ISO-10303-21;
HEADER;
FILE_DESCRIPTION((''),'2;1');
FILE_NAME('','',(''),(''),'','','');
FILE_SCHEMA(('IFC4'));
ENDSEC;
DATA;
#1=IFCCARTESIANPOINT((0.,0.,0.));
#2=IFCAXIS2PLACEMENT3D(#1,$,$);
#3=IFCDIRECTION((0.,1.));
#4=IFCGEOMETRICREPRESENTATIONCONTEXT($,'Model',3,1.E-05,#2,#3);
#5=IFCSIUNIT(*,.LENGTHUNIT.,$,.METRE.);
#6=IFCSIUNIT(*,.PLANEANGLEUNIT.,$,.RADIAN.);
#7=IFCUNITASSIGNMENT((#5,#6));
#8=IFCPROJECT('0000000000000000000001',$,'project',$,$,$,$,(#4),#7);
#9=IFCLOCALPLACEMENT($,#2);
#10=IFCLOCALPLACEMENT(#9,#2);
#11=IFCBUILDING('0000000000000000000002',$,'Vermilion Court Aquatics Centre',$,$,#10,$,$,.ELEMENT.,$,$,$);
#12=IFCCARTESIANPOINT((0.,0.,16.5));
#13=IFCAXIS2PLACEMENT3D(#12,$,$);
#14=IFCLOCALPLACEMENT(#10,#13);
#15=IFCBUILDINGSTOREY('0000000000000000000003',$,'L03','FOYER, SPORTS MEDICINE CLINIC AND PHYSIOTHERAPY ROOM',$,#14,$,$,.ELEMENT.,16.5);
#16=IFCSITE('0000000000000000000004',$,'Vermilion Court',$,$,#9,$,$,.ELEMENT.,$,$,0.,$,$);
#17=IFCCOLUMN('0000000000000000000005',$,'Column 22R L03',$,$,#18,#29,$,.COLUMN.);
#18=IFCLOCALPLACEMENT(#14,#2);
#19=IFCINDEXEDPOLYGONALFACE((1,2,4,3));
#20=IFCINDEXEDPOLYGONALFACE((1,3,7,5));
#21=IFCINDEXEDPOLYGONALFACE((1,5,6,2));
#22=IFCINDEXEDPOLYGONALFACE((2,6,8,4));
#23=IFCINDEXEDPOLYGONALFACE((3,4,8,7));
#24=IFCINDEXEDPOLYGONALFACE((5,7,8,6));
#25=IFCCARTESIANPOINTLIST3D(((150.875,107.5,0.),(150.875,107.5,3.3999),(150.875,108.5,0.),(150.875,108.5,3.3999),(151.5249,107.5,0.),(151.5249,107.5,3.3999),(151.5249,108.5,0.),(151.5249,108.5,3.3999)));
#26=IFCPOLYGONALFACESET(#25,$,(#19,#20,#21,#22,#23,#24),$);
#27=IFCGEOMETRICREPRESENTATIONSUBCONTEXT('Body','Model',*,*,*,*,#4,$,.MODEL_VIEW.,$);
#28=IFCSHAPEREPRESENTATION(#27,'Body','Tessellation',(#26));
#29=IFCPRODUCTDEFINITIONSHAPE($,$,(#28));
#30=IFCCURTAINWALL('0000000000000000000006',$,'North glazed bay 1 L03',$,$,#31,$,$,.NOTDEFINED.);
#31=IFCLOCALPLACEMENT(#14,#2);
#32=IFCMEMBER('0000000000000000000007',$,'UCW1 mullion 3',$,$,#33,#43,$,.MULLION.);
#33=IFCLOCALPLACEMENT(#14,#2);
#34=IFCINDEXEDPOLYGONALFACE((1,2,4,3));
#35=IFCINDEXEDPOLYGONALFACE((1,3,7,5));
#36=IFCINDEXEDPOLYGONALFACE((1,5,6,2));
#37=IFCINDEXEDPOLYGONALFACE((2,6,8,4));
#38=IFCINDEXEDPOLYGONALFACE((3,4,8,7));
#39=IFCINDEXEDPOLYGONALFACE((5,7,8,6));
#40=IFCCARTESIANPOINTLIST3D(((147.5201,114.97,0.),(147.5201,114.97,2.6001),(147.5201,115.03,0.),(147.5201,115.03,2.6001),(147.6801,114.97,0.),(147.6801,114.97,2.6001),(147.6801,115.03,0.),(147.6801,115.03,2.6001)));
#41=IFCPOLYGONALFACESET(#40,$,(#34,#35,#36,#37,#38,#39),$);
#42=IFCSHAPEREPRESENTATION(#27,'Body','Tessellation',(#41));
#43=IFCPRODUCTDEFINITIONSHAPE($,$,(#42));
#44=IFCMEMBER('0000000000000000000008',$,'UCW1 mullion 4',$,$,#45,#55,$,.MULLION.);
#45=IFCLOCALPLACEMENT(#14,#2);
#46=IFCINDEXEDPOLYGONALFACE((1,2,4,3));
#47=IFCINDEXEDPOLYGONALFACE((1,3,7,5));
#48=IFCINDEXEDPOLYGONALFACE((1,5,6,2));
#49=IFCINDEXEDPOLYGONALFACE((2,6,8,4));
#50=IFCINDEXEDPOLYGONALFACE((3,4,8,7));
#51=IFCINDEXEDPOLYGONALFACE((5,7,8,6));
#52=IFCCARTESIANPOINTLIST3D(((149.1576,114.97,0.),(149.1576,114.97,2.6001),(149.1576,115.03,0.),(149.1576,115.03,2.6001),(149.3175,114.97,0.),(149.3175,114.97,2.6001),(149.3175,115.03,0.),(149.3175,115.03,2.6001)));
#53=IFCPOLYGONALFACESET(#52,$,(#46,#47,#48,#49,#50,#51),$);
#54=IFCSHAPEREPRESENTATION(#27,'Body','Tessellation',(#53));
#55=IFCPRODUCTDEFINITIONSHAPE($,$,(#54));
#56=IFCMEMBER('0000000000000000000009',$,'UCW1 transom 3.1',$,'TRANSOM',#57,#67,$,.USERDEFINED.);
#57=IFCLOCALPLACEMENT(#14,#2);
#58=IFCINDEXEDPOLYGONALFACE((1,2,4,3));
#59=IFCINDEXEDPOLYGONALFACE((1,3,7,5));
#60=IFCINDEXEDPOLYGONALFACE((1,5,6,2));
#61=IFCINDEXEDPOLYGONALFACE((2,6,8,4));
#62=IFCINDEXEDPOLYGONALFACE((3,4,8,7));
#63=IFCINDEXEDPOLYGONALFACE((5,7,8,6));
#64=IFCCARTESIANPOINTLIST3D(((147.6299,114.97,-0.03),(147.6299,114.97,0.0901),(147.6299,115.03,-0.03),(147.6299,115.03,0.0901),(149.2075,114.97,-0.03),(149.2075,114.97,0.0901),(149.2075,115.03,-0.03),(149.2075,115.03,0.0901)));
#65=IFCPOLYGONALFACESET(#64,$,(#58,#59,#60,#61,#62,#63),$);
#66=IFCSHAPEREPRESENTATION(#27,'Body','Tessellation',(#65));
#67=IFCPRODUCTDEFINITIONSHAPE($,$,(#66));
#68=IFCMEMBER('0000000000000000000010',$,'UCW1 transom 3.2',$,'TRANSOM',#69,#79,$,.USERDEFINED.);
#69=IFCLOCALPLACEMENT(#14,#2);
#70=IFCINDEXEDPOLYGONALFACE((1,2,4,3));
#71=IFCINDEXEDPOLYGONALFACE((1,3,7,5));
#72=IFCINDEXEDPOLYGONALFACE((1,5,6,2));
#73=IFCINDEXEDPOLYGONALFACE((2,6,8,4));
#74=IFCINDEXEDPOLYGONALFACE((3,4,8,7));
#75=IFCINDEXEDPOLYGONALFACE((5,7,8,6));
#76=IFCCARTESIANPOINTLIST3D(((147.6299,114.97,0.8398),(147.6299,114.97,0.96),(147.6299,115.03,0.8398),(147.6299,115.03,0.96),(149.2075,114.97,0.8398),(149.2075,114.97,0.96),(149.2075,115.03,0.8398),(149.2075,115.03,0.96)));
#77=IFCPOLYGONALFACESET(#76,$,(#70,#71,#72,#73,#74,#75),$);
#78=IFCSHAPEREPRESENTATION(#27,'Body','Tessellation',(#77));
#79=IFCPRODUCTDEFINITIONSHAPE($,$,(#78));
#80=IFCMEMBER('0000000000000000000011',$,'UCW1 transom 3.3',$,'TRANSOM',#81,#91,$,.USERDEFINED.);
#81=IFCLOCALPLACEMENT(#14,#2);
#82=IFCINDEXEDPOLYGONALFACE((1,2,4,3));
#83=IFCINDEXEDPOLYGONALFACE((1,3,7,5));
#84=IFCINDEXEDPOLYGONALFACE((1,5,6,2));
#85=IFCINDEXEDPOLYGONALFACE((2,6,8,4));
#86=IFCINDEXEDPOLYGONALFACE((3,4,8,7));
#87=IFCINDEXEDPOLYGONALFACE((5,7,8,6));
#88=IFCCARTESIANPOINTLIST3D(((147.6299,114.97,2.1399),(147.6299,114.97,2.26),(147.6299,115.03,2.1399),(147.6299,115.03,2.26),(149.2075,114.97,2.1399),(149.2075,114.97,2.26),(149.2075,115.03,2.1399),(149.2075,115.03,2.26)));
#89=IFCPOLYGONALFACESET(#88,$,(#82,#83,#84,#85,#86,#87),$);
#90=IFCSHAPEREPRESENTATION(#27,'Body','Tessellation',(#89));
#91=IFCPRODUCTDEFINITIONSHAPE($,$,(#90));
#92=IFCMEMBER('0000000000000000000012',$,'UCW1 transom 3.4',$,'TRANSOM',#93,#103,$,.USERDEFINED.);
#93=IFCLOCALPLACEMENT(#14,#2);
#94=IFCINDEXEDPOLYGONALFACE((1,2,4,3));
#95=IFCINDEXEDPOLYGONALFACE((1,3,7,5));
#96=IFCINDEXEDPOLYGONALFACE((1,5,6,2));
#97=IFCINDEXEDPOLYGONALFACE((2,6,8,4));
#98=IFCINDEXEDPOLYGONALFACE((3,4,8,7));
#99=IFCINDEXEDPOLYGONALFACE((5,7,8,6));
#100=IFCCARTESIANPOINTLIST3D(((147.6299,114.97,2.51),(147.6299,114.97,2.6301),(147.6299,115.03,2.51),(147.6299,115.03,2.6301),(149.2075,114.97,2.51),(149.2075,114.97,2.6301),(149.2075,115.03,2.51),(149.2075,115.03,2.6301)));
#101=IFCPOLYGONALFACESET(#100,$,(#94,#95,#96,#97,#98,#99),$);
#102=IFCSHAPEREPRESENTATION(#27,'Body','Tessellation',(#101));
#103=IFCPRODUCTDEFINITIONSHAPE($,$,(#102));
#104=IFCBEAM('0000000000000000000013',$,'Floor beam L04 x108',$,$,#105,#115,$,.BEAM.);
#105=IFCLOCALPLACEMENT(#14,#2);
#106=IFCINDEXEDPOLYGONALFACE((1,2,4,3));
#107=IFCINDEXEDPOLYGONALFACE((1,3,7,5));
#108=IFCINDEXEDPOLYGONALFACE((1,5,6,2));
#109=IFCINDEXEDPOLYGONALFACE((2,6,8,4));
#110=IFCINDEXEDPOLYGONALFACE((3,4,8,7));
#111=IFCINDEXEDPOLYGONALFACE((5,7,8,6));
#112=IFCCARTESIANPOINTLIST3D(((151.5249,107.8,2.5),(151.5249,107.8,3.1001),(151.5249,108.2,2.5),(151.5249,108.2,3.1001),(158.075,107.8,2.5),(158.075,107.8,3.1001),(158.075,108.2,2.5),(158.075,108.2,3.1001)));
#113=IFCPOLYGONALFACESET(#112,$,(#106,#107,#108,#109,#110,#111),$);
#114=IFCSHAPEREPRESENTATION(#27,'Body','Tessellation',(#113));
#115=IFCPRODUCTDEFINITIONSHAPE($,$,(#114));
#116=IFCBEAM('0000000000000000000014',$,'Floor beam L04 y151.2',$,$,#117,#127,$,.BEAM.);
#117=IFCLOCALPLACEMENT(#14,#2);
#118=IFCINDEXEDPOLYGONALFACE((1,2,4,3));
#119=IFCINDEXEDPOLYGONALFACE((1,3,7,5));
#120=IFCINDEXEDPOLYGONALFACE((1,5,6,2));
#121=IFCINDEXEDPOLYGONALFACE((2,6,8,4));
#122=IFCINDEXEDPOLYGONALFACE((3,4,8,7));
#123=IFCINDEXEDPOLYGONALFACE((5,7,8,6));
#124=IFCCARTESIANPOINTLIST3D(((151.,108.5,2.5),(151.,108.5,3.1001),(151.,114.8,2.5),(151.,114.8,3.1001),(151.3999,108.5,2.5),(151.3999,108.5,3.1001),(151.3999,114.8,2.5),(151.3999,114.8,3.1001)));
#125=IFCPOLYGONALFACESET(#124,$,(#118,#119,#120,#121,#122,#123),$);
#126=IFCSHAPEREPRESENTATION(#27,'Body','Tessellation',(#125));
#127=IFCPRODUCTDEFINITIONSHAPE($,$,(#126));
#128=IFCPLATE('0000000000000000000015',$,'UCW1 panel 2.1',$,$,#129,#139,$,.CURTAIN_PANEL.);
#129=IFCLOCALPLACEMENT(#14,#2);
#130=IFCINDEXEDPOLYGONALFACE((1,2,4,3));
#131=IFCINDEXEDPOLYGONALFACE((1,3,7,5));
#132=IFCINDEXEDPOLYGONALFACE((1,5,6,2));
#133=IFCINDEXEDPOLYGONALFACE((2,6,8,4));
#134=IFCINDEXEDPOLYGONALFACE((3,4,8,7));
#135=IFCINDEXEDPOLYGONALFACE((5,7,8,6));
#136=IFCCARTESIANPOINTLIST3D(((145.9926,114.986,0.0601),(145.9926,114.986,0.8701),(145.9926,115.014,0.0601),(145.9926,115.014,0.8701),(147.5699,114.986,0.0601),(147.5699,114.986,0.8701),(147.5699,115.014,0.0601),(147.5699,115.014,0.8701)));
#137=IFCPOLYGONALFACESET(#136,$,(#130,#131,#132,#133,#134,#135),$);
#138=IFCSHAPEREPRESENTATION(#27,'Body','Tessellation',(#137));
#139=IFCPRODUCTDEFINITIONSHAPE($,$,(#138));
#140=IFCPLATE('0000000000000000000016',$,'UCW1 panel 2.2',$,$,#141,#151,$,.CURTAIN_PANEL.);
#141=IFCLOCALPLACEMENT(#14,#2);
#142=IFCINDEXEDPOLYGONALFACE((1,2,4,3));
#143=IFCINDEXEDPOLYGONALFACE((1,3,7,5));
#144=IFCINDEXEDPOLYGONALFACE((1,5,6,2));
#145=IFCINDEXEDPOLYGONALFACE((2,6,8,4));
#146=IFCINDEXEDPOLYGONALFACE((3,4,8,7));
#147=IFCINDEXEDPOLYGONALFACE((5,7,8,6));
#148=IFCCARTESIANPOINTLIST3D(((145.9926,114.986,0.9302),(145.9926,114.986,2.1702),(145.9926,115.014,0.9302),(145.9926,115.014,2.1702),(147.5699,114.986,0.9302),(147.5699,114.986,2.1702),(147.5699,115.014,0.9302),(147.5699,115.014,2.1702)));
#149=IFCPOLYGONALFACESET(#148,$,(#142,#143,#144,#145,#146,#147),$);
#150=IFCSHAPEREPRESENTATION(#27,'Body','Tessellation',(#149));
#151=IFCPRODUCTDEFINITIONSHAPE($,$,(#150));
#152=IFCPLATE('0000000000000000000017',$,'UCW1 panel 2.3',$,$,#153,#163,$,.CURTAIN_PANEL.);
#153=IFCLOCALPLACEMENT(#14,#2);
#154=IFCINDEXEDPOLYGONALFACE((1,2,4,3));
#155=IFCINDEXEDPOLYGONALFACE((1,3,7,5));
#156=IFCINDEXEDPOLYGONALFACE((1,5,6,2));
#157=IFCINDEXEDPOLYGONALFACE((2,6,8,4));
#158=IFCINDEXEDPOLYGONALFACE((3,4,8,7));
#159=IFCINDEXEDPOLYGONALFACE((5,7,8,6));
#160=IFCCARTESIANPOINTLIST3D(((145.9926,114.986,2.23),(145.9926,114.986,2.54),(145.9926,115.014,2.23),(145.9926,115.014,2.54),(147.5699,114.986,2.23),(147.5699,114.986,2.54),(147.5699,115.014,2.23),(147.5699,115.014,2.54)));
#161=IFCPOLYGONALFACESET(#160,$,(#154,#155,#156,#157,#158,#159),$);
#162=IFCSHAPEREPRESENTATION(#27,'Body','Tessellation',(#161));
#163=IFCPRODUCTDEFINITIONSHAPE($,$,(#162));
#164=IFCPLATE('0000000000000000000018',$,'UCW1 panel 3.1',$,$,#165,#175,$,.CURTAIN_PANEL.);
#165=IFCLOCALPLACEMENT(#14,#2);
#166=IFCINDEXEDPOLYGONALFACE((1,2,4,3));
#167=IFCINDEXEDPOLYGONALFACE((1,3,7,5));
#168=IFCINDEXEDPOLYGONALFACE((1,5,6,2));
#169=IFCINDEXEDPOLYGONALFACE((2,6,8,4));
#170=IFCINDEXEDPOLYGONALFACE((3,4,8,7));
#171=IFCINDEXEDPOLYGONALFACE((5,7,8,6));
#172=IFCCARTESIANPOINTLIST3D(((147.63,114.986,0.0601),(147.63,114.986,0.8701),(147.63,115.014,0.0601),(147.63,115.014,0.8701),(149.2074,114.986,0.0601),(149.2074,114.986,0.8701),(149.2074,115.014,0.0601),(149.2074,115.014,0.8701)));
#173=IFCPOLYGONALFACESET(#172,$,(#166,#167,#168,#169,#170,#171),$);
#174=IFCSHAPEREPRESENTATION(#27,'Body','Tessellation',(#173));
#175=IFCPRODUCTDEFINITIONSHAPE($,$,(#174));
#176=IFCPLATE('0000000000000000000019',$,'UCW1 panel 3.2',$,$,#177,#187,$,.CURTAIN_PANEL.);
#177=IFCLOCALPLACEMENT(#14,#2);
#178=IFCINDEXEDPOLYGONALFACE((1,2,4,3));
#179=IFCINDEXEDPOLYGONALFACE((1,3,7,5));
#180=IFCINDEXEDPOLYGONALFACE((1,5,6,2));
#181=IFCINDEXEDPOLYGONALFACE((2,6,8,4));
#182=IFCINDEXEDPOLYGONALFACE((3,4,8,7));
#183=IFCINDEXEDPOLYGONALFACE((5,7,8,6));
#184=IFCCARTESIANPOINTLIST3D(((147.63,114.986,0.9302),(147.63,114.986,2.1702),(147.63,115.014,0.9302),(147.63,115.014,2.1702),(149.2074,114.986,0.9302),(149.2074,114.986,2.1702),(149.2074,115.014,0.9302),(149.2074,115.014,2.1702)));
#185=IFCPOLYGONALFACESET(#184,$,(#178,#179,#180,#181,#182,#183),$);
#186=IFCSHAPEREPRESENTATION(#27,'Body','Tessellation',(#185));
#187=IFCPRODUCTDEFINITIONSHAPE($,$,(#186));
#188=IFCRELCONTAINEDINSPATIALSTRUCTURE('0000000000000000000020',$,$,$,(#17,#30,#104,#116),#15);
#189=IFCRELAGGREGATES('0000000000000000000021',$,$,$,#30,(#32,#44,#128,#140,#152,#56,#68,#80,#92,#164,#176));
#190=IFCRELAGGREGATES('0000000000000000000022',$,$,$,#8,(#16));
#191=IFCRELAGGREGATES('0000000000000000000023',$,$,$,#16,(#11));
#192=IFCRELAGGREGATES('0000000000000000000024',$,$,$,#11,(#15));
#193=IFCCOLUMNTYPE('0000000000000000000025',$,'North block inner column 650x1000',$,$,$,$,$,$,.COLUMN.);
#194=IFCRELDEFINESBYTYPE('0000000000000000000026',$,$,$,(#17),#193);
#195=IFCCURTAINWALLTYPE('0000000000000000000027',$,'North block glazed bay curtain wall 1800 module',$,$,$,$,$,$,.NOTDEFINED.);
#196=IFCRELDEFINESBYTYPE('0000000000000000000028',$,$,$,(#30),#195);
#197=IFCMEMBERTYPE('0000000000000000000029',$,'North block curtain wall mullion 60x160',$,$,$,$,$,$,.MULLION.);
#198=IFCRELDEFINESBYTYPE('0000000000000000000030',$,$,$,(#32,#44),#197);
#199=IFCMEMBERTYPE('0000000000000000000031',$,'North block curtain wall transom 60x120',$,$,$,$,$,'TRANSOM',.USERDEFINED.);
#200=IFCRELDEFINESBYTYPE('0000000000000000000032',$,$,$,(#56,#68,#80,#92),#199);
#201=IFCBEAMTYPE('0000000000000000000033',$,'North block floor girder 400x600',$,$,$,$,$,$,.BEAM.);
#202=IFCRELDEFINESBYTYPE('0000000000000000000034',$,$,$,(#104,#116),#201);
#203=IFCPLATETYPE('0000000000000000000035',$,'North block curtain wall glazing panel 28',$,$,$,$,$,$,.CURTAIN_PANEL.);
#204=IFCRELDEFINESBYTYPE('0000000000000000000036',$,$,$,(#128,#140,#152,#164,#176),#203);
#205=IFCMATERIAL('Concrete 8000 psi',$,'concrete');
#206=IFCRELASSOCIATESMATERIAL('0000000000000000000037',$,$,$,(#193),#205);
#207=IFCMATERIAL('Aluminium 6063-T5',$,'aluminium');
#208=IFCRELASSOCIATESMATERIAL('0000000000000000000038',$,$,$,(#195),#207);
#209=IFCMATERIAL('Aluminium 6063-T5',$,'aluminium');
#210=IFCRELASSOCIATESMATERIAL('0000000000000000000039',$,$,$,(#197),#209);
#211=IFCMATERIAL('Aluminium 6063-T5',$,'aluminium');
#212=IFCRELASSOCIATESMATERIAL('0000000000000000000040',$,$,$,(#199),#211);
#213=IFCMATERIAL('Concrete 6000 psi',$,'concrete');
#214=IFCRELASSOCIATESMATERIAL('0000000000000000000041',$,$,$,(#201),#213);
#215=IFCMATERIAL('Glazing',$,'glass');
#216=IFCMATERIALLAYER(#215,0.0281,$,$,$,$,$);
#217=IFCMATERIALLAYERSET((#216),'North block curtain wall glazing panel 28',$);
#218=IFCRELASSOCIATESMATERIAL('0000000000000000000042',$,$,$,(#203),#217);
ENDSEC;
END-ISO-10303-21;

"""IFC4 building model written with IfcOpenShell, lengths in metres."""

from ifc_helpers import new_model, si_unit, direction, frame, origin, origin_2d, place, context, subcontext, project, spatial, rectangle, extrude, material, layer, layer_set, material_profile, profile_set, type_object, element, aggregate, save


model = new_model("IFC4")

# Units and contexts
model_context = context("Model", 3, precision=1e-05, world=origin(), true_north=direction((0.0, 1.0)))
body_context = subcontext(model_context, "Body", "Model", "MODEL_VIEW")
ifc_project = project(units=[si_unit("LENGTHUNIT", "METRE"), si_unit("PLANEANGLEUNIT", "RADIAN")], contexts=[model_context])

# Site, building, storey
site_placement = place(None, origin())
site = spatial("IfcSite", under=ifc_project, at=site_placement, Name="Vermilion Court", CompositionType="ELEMENT", RefElevation=0.0)
building_placement = place(site_placement, origin())
building = spatial("IfcBuilding", under=site, at=building_placement, Name="Vermilion Court Aquatics Centre", CompositionType="ELEMENT")
storey_placement = place(building_placement, frame((0.0, 0.0, 16.5)))
storey = spatial("IfcBuildingStorey", under=building, at=storey_placement, Name="L03", Description="FOYER, SPORTS MEDICINE CLINIC AND PHYSIOTHERAPY ROOM", CompositionType="ELEMENT", Elevation=16.5)

# Column
ifc_material_1 = material(Name="Concrete 8000 psi", Category="concrete")
ifc_material_profile_1 = material_profile(ifc_material_1, rectangle(XDim=0.6499, YDim=1.0, at=origin_2d()), Name="RC 650x1000")
ifc_profile_set_1 = profile_set([ifc_material_profile_1], Name="Concrete 8000 psi")
column_type = type_object("IfcColumnType", Name="North block inner column 650x1000", PredefinedType="COLUMN", material=ifc_profile_set_1)
column_placement = place(storey_placement, frame((151.2, 108.0, 0.0), z_axis=(0.0, 0.0, 1.0), x_axis=(1.0, 0.0, 0.0)))
element("IfcColumn", 1, at=column_placement, inside=storey, type_object=column_type, Name="Column 22R L03", PredefinedType="COLUMN", context=body_context, shape_type="SweptSolid", body=[
    extrude(rectangle(XDim=0.6499, YDim=1.0, at=origin_2d()), origin(), (0.0, 0.0, 1.0), 3.3999),
])

# Curtain wall, members
ifc_material_2 = material(Name="Aluminium 6063-T5", Category="aluminium")
curtain_wall_type = type_object("IfcCurtainWallType", Name="North block glazed bay curtain wall 1800 module", PredefinedType="NOTDEFINED", material=ifc_material_2)
curtain_wall_placement = place(storey_placement, origin())
curtain_wall = element("IfcCurtainWall", 2, at=curtain_wall_placement, inside=storey, type_object=curtain_wall_type, Name="North glazed bay 1 L03", PredefinedType="NOTDEFINED")
ifc_material_3 = material(Name="Aluminium 6063-T5", Category="aluminium")
ifc_material_profile_2 = material_profile(ifc_material_3, rectangle(XDim=0.0601, YDim=0.1599, at=origin_2d()), Name="AL 60x160")
ifc_profile_set_2 = profile_set([ifc_material_profile_2], Name="Aluminium 6063-T5")
member_type_1 = type_object("IfcMemberType", Name="North block curtain wall mullion 60x160", PredefinedType="MULLION", material=ifc_profile_set_2)
member_1_placement = place(storey_placement, frame((147.6001, 115.0, 0.0), z_axis=(0.0, 0.0, 1.0), x_axis=(0.0, 1.0, 0.0)))
member_1 = element("IfcMember", 3, at=member_1_placement, type_object=member_type_1, Name="UCW1 mullion 3", PredefinedType="MULLION", context=body_context, shape_type="SweptSolid", body=[
    extrude(rectangle(XDim=0.0601, YDim=0.1599, at=origin_2d()), origin(), (0.0, 0.0, 1.0), 2.6001),
])
member_2_placement = place(storey_placement, frame((149.2375, 115.0, 0.0), z_axis=(0.0, 0.0, 1.0), x_axis=(0.0, 1.0, 0.0)))
member_2 = element("IfcMember", 4, at=member_2_placement, type_object=member_type_1, Name="UCW1 mullion 4", PredefinedType="MULLION", context=body_context, shape_type="SweptSolid", body=[
    extrude(rectangle(XDim=0.0601, YDim=0.1599, at=origin_2d()), origin(), (0.0, 0.0, 1.0), 2.6001),
])
ifc_material_4 = material(Name="Aluminium 6063-T5", Category="aluminium")
ifc_material_profile_3 = material_profile(ifc_material_4, rectangle(XDim=0.0601, YDim=0.1201, at=origin_2d()), Name="AL 60x120")
ifc_profile_set_3 = profile_set([ifc_material_profile_3], Name="Aluminium 6063-T5")
member_type_2 = type_object("IfcMemberType", Name="North block curtain wall transom 60x120", ElementType="TRANSOM", PredefinedType="USERDEFINED", material=ifc_profile_set_3)
member_3_placement = place(storey_placement, frame((147.6299, 115.0, 0.03), z_axis=(1.0, 0.0, 0.0), x_axis=(0.0, 1.0, 0.0)))
member_3 = element("IfcMember", 5, at=member_3_placement, type_object=member_type_2, Name="UCW1 transom 3.1", ObjectType="TRANSOM", PredefinedType="USERDEFINED", context=body_context, shape_type="SweptSolid", body=[
    extrude(rectangle(XDim=0.0601, YDim=0.1201, at=origin_2d()), origin(), (0.0, 0.0, 1.0), 1.5776),
])
member_4_placement = place(storey_placement, frame((147.6299, 115.0, 0.8999), z_axis=(1.0, 0.0, 0.0), x_axis=(0.0, 1.0, 0.0)))
member_4 = element("IfcMember", 6, at=member_4_placement, type_object=member_type_2, Name="UCW1 transom 3.2", ObjectType="TRANSOM", PredefinedType="USERDEFINED", context=body_context, shape_type="SweptSolid", body=[
    extrude(rectangle(XDim=0.0601, YDim=0.1201, at=origin_2d()), origin(), (0.0, 0.0, 1.0), 1.5776),
])
member_5_placement = place(storey_placement, frame((147.6299, 115.0, 2.2), z_axis=(1.0, 0.0, 0.0), x_axis=(0.0, 1.0, 0.0)))
member_5 = element("IfcMember", 7, at=member_5_placement, type_object=member_type_2, Name="UCW1 transom 3.3", ObjectType="TRANSOM", PredefinedType="USERDEFINED", context=body_context, shape_type="SweptSolid", body=[
    extrude(rectangle(XDim=0.0601, YDim=0.1201, at=origin_2d()), origin(), (0.0, 0.0, 1.0), 1.5776),
])
member_6_placement = place(storey_placement, frame((147.6299, 115.0, 2.5701), z_axis=(1.0, 0.0, 0.0), x_axis=(0.0, 1.0, 0.0)))
member_6 = element("IfcMember", 8, at=member_6_placement, type_object=member_type_2, Name="UCW1 transom 3.4", ObjectType="TRANSOM", PredefinedType="USERDEFINED", context=body_context, shape_type="SweptSolid", body=[
    extrude(rectangle(XDim=0.0601, YDim=0.1201, at=origin_2d()), origin(), (0.0, 0.0, 1.0), 1.5776),
])

# Beams
ifc_material_5 = material(Name="Concrete 6000 psi", Category="concrete")
ifc_material_profile_4 = material_profile(ifc_material_5, rectangle(XDim=0.3999, YDim=0.6001, at=origin_2d()), Name="RC 400x600")
ifc_profile_set_4 = profile_set([ifc_material_profile_4], Name="Concrete 6000 psi")
beam_type = type_object("IfcBeamType", Name="North block floor girder 400x600", PredefinedType="BEAM", material=ifc_profile_set_4)
beam_1_placement = place(storey_placement, frame((151.5249, 108.0, 2.8), z_axis=(1.0, 0.0, 0.0), x_axis=(0.0, 1.0, 0.0)))
element("IfcBeam", 9, at=beam_1_placement, inside=storey, type_object=beam_type, Name="Floor beam L04 x108", PredefinedType="BEAM", context=body_context, shape_type="SweptSolid", body=[
    extrude(rectangle(XDim=0.3999, YDim=0.6001, at=origin_2d()), origin(), (0.0, 0.0, 1.0), 6.55),
])
beam_2_placement = place(storey_placement, frame((151.2, 108.5, 2.8), z_axis=(0.0, 1.0, 0.0), x_axis=(-1.0, 0.0, 0.0)))
element("IfcBeam", 10, at=beam_2_placement, inside=storey, type_object=beam_type, Name="Floor beam L04 y151.2", PredefinedType="BEAM", context=body_context, shape_type="SweptSolid", body=[
    extrude(rectangle(XDim=0.3999, YDim=0.6001, at=origin_2d()), origin(), (0.0, 0.0, 1.0), 6.3),
])

# Plates
ifc_material_6 = material(Name="Glazing", Category="glass")
ifc_layer_1 = layer(ifc_material_6, 0.0281)
ifc_layer_set_1 = layer_set([ifc_layer_1], Name="North block curtain wall glazing panel 28")
plate_type = type_object("IfcPlateType", Name="North block curtain wall glazing panel 28", PredefinedType="CURTAIN_PANEL", material=ifc_layer_set_1)
plate_1_placement = place(storey_placement, frame((146.7812, 115.0, 0.0601), z_axis=(0.0, 0.0, 1.0), x_axis=(1.0, 0.0, 0.0)))
plate_1 = element("IfcPlate", 11, at=plate_1_placement, type_object=plate_type, Name="UCW1 panel 2.1", PredefinedType="CURTAIN_PANEL", context=body_context, shape_type="SweptSolid", body=[
    extrude(rectangle(XDim=1.5774, YDim=0.0281, at=origin_2d()), origin(), (0.0, 0.0, 1.0), 0.8101),
])
plate_2_placement = place(storey_placement, frame((146.7812, 115.0, 0.9302), z_axis=(0.0, 0.0, 1.0), x_axis=(1.0, 0.0, 0.0)))
plate_2 = element("IfcPlate", 12, at=plate_2_placement, type_object=plate_type, Name="UCW1 panel 2.2", PredefinedType="CURTAIN_PANEL", context=body_context, shape_type="SweptSolid", body=[
    extrude(rectangle(XDim=1.5774, YDim=0.0281, at=origin_2d()), origin(), (0.0, 0.0, 1.0), 1.24),
])
plate_3_placement = place(storey_placement, frame((146.7812, 115.0, 2.23), z_axis=(0.0, 0.0, 1.0), x_axis=(1.0, 0.0, 0.0)))
plate_3 = element("IfcPlate", 13, at=plate_3_placement, type_object=plate_type, Name="UCW1 panel 2.3", PredefinedType="CURTAIN_PANEL", context=body_context, shape_type="SweptSolid", body=[
    extrude(rectangle(XDim=1.5774, YDim=0.0281, at=origin_2d()), origin(), (0.0, 0.0, 1.0), 0.3101),
])
plate_4_placement = place(storey_placement, frame((148.4187, 115.0, 0.0601), z_axis=(0.0, 0.0, 1.0), x_axis=(1.0, 0.0, 0.0)))
plate_4 = element("IfcPlate", 14, at=plate_4_placement, type_object=plate_type, Name="UCW1 panel 3.1", PredefinedType="CURTAIN_PANEL", context=body_context, shape_type="SweptSolid", body=[
    extrude(rectangle(XDim=1.5774, YDim=0.0281, at=origin_2d()), origin(), (0.0, 0.0, 1.0), 0.8101),
])
plate_5_placement = place(storey_placement, frame((148.4187, 115.0, 0.9302), z_axis=(0.0, 0.0, 1.0), x_axis=(1.0, 0.0, 0.0)))
plate_5 = element("IfcPlate", 15, at=plate_5_placement, type_object=plate_type, Name="UCW1 panel 3.2", PredefinedType="CURTAIN_PANEL", context=body_context, shape_type="SweptSolid", body=[
    extrude(rectangle(XDim=1.5774, YDim=0.0281, at=origin_2d()), origin(), (0.0, 0.0, 1.0), 1.24),
])
aggregate(curtain_wall, [member_1, member_2, plate_1, plate_2, plate_3, member_3, member_4, member_5, member_6, plate_4, plate_5])

save(model, "model.ifc")
